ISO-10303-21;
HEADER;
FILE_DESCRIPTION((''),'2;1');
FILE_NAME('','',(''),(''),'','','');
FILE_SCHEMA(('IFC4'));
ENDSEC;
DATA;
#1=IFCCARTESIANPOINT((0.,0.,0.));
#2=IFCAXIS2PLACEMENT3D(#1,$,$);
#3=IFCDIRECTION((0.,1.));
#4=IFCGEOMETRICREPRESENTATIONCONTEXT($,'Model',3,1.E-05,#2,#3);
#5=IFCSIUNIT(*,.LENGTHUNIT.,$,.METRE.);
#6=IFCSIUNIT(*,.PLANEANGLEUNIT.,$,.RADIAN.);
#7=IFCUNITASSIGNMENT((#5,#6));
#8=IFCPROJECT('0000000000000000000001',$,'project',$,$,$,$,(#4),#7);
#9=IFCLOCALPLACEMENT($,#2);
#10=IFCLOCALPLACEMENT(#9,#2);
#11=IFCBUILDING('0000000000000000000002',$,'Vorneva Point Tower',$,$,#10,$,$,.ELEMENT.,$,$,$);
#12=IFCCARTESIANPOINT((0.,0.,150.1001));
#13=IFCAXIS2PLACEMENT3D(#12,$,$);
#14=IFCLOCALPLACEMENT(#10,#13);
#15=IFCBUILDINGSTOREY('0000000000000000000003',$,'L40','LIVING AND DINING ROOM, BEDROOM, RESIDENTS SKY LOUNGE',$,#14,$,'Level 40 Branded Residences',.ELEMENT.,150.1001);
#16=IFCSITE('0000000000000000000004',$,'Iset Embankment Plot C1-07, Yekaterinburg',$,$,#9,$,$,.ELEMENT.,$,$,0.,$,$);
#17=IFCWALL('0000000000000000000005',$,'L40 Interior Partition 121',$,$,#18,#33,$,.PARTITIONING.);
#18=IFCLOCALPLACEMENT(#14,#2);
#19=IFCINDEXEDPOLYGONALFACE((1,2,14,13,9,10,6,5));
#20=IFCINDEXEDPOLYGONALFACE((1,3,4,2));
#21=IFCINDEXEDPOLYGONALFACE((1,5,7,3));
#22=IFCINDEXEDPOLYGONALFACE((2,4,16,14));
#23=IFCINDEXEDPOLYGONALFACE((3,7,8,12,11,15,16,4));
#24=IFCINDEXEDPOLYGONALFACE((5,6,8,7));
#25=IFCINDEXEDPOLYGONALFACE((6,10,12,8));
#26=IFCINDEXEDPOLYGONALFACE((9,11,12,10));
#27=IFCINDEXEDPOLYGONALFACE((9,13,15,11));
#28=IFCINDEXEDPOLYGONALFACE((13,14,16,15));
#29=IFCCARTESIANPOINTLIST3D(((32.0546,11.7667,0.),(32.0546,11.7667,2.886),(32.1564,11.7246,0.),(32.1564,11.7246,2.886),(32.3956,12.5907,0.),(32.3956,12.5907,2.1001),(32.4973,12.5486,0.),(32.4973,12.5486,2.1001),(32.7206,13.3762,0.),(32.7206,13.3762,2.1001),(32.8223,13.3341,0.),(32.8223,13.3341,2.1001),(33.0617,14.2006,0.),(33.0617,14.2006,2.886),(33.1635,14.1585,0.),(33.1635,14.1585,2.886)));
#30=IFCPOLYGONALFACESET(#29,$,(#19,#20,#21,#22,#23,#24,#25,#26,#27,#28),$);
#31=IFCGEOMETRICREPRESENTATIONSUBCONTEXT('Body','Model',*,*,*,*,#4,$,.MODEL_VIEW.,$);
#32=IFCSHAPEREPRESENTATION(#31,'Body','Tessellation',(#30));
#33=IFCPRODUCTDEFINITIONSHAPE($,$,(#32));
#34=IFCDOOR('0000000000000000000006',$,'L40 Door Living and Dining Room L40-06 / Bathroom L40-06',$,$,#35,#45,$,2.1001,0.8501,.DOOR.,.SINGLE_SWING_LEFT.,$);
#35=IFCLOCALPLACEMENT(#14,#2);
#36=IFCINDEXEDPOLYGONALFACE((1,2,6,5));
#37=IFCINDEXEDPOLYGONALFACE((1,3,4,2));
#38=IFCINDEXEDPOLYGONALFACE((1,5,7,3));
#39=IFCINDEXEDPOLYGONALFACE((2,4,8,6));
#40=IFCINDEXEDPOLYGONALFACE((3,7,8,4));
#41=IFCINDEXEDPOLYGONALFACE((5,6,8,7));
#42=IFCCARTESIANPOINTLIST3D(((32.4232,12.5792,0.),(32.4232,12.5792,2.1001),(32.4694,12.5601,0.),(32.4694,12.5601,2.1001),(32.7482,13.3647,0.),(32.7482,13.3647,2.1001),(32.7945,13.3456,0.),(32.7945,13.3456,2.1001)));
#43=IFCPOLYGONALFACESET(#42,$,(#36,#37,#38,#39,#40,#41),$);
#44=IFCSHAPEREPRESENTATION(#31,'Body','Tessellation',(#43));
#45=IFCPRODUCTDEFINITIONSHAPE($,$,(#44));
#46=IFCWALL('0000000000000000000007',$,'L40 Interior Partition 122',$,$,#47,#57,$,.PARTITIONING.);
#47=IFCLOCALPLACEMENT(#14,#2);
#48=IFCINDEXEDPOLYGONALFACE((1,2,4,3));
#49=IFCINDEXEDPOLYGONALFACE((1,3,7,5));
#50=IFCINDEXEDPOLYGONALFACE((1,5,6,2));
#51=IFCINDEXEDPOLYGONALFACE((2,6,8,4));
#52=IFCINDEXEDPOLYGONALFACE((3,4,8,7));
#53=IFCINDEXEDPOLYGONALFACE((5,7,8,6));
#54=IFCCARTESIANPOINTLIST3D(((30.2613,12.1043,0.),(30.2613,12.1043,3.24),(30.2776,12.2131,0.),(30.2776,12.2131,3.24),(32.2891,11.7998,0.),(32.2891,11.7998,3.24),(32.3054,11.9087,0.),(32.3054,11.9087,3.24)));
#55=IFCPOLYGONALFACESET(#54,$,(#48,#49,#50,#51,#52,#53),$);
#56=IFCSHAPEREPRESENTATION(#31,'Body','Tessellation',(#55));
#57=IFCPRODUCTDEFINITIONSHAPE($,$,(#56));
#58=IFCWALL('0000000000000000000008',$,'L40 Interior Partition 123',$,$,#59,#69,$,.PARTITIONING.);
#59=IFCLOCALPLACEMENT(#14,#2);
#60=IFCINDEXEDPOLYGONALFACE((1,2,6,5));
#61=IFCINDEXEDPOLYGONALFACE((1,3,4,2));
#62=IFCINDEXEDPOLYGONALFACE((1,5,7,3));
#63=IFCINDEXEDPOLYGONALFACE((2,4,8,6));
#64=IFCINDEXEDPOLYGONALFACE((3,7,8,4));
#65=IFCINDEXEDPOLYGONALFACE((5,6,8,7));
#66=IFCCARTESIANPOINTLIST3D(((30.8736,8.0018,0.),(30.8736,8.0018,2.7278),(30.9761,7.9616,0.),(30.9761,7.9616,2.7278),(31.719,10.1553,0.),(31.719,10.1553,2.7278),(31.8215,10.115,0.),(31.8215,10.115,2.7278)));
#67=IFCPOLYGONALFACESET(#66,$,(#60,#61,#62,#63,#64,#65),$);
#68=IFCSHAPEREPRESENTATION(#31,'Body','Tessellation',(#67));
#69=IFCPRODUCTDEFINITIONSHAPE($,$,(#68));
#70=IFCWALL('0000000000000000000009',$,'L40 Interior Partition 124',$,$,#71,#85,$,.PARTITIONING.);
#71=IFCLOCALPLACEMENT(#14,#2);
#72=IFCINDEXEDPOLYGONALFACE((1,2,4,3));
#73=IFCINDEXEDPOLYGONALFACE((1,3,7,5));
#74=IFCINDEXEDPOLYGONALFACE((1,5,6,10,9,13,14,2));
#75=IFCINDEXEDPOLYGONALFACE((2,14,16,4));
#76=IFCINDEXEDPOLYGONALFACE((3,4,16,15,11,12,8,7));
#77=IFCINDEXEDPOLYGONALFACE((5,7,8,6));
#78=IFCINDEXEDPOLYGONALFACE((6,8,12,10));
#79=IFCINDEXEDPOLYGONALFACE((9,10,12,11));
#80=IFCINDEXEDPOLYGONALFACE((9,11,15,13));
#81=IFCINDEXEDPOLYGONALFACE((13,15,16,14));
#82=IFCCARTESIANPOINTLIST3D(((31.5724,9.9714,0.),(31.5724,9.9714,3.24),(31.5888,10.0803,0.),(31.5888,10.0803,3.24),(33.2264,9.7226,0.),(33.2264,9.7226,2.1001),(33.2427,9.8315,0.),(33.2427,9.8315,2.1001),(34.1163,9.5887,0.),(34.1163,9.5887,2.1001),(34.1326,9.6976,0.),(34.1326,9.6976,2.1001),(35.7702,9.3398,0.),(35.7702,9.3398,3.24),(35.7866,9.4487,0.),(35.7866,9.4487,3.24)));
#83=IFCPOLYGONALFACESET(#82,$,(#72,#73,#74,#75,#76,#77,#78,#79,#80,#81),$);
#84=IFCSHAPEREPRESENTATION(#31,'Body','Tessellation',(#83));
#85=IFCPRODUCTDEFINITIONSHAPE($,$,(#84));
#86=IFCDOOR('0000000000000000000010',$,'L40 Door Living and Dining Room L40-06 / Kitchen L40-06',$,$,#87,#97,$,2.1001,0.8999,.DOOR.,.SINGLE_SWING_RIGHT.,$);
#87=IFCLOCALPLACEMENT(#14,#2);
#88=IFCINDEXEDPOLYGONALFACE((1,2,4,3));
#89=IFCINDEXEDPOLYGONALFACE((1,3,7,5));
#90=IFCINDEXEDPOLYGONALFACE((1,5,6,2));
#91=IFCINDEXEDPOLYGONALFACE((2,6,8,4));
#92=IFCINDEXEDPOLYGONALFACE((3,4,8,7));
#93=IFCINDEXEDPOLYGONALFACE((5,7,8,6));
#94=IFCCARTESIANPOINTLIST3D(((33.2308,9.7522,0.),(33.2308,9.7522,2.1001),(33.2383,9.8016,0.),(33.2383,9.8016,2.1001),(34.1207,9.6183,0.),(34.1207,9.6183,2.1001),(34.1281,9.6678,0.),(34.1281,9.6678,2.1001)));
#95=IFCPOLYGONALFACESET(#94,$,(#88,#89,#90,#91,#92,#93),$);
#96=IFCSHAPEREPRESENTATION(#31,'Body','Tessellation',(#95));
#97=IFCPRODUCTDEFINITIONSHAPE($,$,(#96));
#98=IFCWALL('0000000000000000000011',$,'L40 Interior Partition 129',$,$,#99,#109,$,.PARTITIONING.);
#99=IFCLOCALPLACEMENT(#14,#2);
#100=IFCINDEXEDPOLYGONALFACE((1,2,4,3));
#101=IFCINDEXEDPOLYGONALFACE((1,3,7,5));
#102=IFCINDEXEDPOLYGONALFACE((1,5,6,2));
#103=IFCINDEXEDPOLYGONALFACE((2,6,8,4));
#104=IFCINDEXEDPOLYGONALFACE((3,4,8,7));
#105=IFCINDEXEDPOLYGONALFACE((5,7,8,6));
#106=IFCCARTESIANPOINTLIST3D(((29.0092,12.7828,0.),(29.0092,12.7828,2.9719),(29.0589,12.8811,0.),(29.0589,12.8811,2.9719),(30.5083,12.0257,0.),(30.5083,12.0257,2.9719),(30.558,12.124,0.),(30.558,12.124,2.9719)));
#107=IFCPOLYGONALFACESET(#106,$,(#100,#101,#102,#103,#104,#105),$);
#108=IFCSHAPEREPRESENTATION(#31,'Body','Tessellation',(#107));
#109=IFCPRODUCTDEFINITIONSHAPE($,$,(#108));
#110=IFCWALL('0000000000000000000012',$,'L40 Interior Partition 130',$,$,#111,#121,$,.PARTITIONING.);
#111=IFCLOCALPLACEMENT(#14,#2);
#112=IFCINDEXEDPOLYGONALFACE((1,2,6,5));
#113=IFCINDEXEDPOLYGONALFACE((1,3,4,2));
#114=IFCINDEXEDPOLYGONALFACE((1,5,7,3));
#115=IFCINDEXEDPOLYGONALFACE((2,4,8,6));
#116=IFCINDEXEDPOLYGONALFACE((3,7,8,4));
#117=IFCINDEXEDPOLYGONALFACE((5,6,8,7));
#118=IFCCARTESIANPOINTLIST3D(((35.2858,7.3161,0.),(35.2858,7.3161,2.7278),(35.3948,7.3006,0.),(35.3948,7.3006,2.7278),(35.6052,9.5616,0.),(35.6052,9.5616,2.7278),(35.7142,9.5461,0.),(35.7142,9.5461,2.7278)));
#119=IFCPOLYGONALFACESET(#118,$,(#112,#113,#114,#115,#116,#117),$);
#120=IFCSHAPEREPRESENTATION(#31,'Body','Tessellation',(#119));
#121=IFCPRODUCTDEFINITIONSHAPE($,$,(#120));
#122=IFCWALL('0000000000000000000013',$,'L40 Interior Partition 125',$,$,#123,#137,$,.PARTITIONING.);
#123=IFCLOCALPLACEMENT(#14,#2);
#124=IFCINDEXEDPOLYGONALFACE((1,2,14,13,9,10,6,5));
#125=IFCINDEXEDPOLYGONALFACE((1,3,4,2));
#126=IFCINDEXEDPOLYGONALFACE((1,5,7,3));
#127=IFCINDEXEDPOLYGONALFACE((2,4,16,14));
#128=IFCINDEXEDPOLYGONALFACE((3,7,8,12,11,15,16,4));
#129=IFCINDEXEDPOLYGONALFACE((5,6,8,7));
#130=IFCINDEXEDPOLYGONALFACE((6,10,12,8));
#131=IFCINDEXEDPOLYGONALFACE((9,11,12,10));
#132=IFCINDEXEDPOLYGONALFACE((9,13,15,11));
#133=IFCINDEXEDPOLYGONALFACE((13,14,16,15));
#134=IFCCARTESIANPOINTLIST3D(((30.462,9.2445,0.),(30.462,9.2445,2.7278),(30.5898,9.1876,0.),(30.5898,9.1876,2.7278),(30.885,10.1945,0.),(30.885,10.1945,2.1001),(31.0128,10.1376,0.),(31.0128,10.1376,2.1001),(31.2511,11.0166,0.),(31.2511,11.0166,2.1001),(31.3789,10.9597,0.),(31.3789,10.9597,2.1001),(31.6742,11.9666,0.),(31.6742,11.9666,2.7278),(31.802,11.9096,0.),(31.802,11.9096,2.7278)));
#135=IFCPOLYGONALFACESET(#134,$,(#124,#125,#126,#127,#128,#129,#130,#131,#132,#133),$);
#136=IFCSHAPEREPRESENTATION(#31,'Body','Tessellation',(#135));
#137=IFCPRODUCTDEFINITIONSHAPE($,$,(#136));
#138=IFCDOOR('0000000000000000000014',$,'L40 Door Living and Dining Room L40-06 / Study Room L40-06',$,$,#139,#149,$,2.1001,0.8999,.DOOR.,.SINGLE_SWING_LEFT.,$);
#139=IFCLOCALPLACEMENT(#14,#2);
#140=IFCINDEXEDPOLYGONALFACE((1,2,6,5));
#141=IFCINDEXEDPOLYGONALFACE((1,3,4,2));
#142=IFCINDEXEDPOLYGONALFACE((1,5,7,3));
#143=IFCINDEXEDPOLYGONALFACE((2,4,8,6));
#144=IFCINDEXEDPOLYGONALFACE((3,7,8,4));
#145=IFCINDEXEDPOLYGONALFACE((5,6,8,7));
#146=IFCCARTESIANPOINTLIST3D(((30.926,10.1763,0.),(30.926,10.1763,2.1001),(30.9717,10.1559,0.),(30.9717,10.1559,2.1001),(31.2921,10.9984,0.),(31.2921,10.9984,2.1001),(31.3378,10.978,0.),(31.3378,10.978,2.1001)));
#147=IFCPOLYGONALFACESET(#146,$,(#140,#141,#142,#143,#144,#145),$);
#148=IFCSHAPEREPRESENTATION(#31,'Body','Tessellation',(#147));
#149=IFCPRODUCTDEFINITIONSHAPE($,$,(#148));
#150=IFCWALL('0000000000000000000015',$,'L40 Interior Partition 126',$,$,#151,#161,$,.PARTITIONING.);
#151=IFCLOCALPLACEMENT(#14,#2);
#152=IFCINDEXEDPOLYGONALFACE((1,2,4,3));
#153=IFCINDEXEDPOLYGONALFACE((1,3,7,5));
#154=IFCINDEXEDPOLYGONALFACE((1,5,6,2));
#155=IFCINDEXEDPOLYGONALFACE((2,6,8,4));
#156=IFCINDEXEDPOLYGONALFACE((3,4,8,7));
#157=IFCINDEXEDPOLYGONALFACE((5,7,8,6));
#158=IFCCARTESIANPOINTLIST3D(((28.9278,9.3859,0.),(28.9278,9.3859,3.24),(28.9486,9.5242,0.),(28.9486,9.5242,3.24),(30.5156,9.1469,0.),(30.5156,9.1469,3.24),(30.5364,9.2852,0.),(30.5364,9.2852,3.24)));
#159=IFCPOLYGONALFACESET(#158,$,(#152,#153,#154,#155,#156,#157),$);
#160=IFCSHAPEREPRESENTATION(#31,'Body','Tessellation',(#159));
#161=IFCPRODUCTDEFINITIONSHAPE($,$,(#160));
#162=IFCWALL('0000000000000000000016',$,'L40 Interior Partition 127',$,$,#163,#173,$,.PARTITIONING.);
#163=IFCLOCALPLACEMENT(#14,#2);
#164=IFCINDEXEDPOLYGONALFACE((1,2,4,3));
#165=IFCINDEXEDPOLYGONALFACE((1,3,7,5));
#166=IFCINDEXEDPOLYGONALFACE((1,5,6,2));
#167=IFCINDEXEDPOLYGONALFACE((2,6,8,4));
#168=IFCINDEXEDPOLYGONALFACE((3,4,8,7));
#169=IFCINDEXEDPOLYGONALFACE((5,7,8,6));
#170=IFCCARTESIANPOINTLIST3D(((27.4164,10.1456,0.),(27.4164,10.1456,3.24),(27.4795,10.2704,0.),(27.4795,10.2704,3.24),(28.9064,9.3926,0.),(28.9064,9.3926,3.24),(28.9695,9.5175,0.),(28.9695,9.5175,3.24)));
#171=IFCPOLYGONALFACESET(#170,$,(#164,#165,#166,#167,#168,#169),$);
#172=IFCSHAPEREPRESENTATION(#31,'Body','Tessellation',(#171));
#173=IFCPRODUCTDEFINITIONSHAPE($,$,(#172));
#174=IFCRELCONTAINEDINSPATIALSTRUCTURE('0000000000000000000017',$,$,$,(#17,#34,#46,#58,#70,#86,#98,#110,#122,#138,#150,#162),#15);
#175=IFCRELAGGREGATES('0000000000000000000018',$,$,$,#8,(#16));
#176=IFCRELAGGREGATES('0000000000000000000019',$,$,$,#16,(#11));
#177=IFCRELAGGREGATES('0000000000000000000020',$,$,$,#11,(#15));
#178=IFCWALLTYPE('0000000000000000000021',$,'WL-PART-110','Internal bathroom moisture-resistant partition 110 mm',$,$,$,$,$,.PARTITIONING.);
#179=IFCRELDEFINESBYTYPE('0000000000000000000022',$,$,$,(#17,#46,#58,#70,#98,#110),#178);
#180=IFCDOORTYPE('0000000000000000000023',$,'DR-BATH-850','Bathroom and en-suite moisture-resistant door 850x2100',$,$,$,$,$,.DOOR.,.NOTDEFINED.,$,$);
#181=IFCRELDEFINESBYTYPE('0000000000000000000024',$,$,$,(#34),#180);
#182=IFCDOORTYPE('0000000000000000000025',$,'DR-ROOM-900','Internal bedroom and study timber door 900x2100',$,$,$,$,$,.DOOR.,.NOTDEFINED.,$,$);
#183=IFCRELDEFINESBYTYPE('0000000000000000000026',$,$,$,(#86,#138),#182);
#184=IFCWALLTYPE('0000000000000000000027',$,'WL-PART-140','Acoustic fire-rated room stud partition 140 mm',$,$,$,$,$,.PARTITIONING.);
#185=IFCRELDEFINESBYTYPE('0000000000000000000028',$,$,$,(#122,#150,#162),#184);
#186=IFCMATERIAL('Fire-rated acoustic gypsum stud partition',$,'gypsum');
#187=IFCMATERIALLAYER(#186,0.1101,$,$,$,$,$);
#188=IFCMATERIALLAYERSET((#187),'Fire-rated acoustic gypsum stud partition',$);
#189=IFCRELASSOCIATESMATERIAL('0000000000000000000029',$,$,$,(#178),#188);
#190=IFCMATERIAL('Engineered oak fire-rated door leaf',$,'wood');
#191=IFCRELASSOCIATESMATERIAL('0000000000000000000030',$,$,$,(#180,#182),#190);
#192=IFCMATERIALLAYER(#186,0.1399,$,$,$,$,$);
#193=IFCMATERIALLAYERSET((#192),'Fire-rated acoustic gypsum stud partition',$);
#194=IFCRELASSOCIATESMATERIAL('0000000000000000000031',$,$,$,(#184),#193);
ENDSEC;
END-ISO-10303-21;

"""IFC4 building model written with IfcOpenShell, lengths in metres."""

from ifc_helpers import new_model, si_unit, direction, frame, frame_2d, origin, place, context, subcontext, project, spatial, rectangle, extrude, material, layer, layer_set, type_object, element, fill, save


model = new_model("IFC4")

# Units and contexts
model_context = context("Model", 3, precision=1e-05, world=origin(), true_north=direction((0.0, 1.0)))
body_context = subcontext(model_context, "Body", "Model", "MODEL_VIEW")
ifc_project = project(units=[si_unit("LENGTHUNIT", "METRE"), si_unit("PLANEANGLEUNIT", "RADIAN")], contexts=[model_context])

# Site, building, storey
site_placement = place(None, origin())
site = spatial("IfcSite", under=ifc_project, at=site_placement, Name="Iset Embankment Plot C1-07, Yekaterinburg", CompositionType="ELEMENT", RefElevation=0.0)
building_placement = place(site_placement, origin())
building = spatial("IfcBuilding", under=site, at=building_placement, Name="Vorneva Point Tower", CompositionType="ELEMENT")
storey_placement = place(building_placement, frame((0.0, 0.0, 150.1001)))
storey = spatial("IfcBuildingStorey", under=building, at=storey_placement, Name="L40", Description="LIVING AND DINING ROOM, BEDROOM, RESIDENTS SKY LOUNGE", LongName="Level 40 Branded Residences", CompositionType="ELEMENT", Elevation=150.1001)

# Wall, opening, door
ifc_material_1 = material(Name="Fire-rated acoustic gypsum stud partition", Category="gypsum")
ifc_layer_1 = layer(ifc_material_1, 0.1101)
ifc_layer_set_1 = layer_set([ifc_layer_1], Name="Fire-rated acoustic gypsum stud partition")
wall_type_1 = type_object("IfcWallType", Name="WL-PART-110", Description="Internal bathroom moisture-resistant partition 110 mm", PredefinedType="PARTITIONING", material=ifc_layer_set_1)
wall_1_placement = place(storey_placement, frame((33.1125, 14.1794, 0.0), z_axis=(0.0, 0.0, 1.0), x_axis=(-0.382344, -0.92402, 0.0)))
wall_1 = element("IfcWall", 1, at=wall_1_placement, inside=storey, type_object=wall_type_1, Name="L40 Interior Partition 121", PredefinedType="PARTITIONING", context=body_context, shape_type="SweptSolid", body=[
    extrude(rectangle(XDim=2.634, YDim=0.1101, at=frame_2d((1.3169, 0.0))), origin(), (0.0, 0.0, 1.0), 2.886),
])
opening_1_placement = place(wall_1_placement, frame((0.8921, 0.0, 0.0)))
opening_1 = element("IfcOpeningElement", 2, at=opening_1_placement, cuts=wall_1, PredefinedType="OPENING", context=body_context, shape_type="SweptSolid", body=[
    extrude(rectangle(XDim=0.8501, YDim=2.1001, at=frame_2d((0.425, 1.05))), frame((0.0, 0.0698, 0.0), z_axis=(0.0, -1.0, 0.0), x_axis=(1.0, 0.0, 0.0)), (0.0, 0.0, 1.0), 0.1399),
])
ifc_material_2 = material(Name="Engineered oak fire-rated door leaf", Category="wood")
door_type_1 = type_object("IfcDoorType", Name="DR-BATH-850", Description="Bathroom and en-suite moisture-resistant door 850x2100", OperationType="NOTDEFINED", PredefinedType="DOOR", material=ifc_material_2)
door_1_placement = place(opening_1_placement, origin())
door_1 = element("IfcDoor", 3, at=door_1_placement, inside=storey, type_object=door_type_1, Name="L40 Door Living and Dining Room L40-06 / Bathroom L40-06", OperationType="SINGLE_SWING_LEFT", OverallHeight=2.1001, OverallWidth=0.8501, PredefinedType="DOOR", context=body_context, shape_type="SweptSolid", body=[
    extrude(rectangle(XDim=0.8501, YDim=2.1001, at=frame_2d((0.425, 1.05))), frame((0.0, 0.0249, 0.0), z_axis=(0.0, -1.0, 0.0), x_axis=(1.0, 0.0, 0.0)), (0.0, 0.0, 1.0), 0.05),
])
fill(opening_1, door_1)

# Walls
wall_2_placement = place(storey_placement, frame((32.2974, 11.8542, 0.0), z_axis=(0.0, 0.0, 1.0), x_axis=(-0.988917, 0.148469, 0.0)))
element("IfcWall", 4, at=wall_2_placement, inside=storey, type_object=wall_type_1, Name="L40 Interior Partition 122", PredefinedType="PARTITIONING", context=body_context, shape_type="SweptSolid", body=[
    extrude(rectangle(XDim=2.0505, YDim=0.1101, at=frame_2d((1.0254, 0.0))), origin(), (0.0, 0.0, 1.0), 3.24),
])
wall_3_placement = place(storey_placement, frame((30.9248, 7.9817, 0.0), z_axis=(0.0, 0.0, 1.0), x_axis=(0.365434, 0.930837, 0.0)))
element("IfcWall", 5, at=wall_3_placement, inside=storey, type_object=wall_type_1, Name="L40 Interior Partition 123", PredefinedType="PARTITIONING", context=body_context, shape_type="SweptSolid", body=[
    extrude(rectangle(XDim=2.3135, YDim=0.1101, at=frame_2d((1.1567, 0.0))), origin(), (0.0, 0.0, 1.0), 2.7278),
])

# Wall, opening, door
wall_4_placement = place(storey_placement, frame((31.5806, 10.0259, 0.0), z_axis=(0.0, 0.0, 1.0), x_axis=(0.98887, -0.148785, 0.0)))
wall_4 = element("IfcWall", 6, at=wall_4_placement, inside=storey, type_object=wall_type_1, Name="L40 Interior Partition 124", PredefinedType="PARTITIONING", context=body_context, shape_type="SweptSolid", body=[
    extrude(rectangle(XDim=4.2451, YDim=0.1101, at=frame_2d((2.1226, 0.0))), origin(), (0.0, 0.0, 1.0), 3.24),
])
opening_2_placement = place(wall_4_placement, frame((1.6726, 0.0, 0.0)))
opening_2 = element("IfcOpeningElement", 7, at=opening_2_placement, cuts=wall_4, PredefinedType="OPENING", context=body_context, shape_type="SweptSolid", body=[
    extrude(rectangle(XDim=0.8999, YDim=2.1001, at=frame_2d((0.45, 1.05))), frame((0.0, 0.0698, 0.0), z_axis=(0.0, -1.0, 0.0), x_axis=(1.0, 0.0, 0.0)), (0.0, 0.0, 1.0), 0.1399),
])
door_type_2 = type_object("IfcDoorType", Name="DR-ROOM-900", Description="Internal bedroom and study timber door 900x2100", OperationType="NOTDEFINED", PredefinedType="DOOR", material=ifc_material_2)
door_2_placement = place(opening_2_placement, origin())
door_2 = element("IfcDoor", 8, at=door_2_placement, inside=storey, type_object=door_type_2, Name="L40 Door Living and Dining Room L40-06 / Kitchen L40-06", OperationType="SINGLE_SWING_RIGHT", OverallHeight=2.1001, OverallWidth=0.8999, PredefinedType="DOOR", context=body_context, shape_type="SweptSolid", body=[
    extrude(rectangle(XDim=0.8999, YDim=2.1001, at=frame_2d((0.45, 1.05))), frame((0.0, 0.0249, 0.0), z_axis=(0.0, -1.0, 0.0), x_axis=(1.0, 0.0, 0.0)), (0.0, 0.0, 1.0), 0.05),
])
fill(opening_2, door_2)

# Walls
wall_5_placement = place(storey_placement, frame((29.0339, 12.832, 0.0), z_axis=(0.0, 0.0, 1.0), x_axis=(0.892617, -0.450815, 0.0)))
element("IfcWall", 9, at=wall_5_placement, inside=storey, type_object=wall_type_1, Name="L40 Interior Partition 129", PredefinedType="PARTITIONING", context=body_context, shape_type="SweptSolid", body=[
    extrude(rectangle(XDim=1.6794, YDim=0.1101, at=frame_2d((0.8398, 0.0))), origin(), (0.0, 0.0, 1.0), 2.9719),
])
wall_6_placement = place(storey_placement, frame((35.3403, 7.3083, 0.0), z_axis=(0.0, 0.0, 1.0), x_axis=(0.140803, 0.990038, 0.0)))
element("IfcWall", 10, at=wall_6_placement, inside=storey, type_object=wall_type_1, Name="L40 Interior Partition 130", PredefinedType="PARTITIONING", context=body_context, shape_type="SweptSolid", body=[
    extrude(rectangle(XDim=2.2681, YDim=0.1101, at=frame_2d((1.134, 0.0))), origin(), (0.0, 0.0, 1.0), 2.7278),
])

# Wall, opening, door
ifc_layer_2 = layer(ifc_material_1, 0.1399)
ifc_layer_set_2 = layer_set([ifc_layer_2], Name="Fire-rated acoustic gypsum stud partition")
wall_type_2 = type_object("IfcWallType", Name="WL-PART-140", Description="Acoustic fire-rated room stud partition 140 mm", PredefinedType="PARTITIONING", material=ifc_layer_set_2)
wall_7_placement = place(storey_placement, frame((31.738, 11.938, 0.0), z_axis=(0.0, 0.0, 1.0), x_axis=(-0.406815, -0.913511, 0.0)))
wall_7 = element("IfcWall", 11, at=wall_7_placement, inside=storey, type_object=wall_type_2, Name="L40 Interior Partition 125", PredefinedType="PARTITIONING", context=body_context, shape_type="SweptSolid", body=[
    extrude(rectangle(XDim=2.9797, YDim=0.1399, at=frame_2d((1.4897, 0.0))), origin(), (0.0, 0.0, 1.0), 2.7278),
])
opening_3_placement = place(wall_7_placement, frame((1.0398, 0.0, 0.0)))
opening_3 = element("IfcOpeningElement", 12, at=opening_3_placement, cuts=wall_7, PredefinedType="OPENING", context=body_context, shape_type="SweptSolid", body=[
    extrude(rectangle(XDim=0.8999, YDim=2.1001, at=frame_2d((0.45, 1.05))), frame((0.0, 0.085, 0.0), z_axis=(0.0, -1.0, 0.0), x_axis=(1.0, 0.0, 0.0)), (0.0, 0.0, 1.0), 0.1697),
])
door_3_placement = place(opening_3_placement, origin())
door_3 = element("IfcDoor", 13, at=door_3_placement, inside=storey, type_object=door_type_2, Name="L40 Door Living and Dining Room L40-06 / Study Room L40-06", OperationType="SINGLE_SWING_LEFT", OverallHeight=2.1001, OverallWidth=0.8999, PredefinedType="DOOR", context=body_context, shape_type="SweptSolid", body=[
    extrude(rectangle(XDim=0.8999, YDim=2.1001, at=frame_2d((0.45, 1.05))), frame((0.0, 0.0249, 0.0), z_axis=(0.0, -1.0, 0.0), x_axis=(1.0, 0.0, 0.0)), (0.0, 0.0, 1.0), 0.05),
])
fill(opening_3, door_3)

# Walls
wall_8_placement = place(storey_placement, frame((30.5259, 9.2161, 0.0), z_axis=(0.0, 0.0, 1.0), x_axis=(-0.98886, 0.148846, 0.0)))
element("IfcWall", 14, at=wall_8_placement, inside=storey, type_object=wall_type_2, Name="L40 Interior Partition 126", PredefinedType="PARTITIONING", context=body_context, shape_type="SweptSolid", body=[
    extrude(rectangle(XDim=1.6057, YDim=0.1399, at=frame_2d((0.8027, 0.0))), origin(), (0.0, 0.0, 1.0), 3.24),
])
wall_9_placement = place(storey_placement, frame((28.938, 9.4551, 0.0), z_axis=(0.0, 0.0, 1.0), x_axis=(-0.892518, 0.451012, 0.0)))
element("IfcWall", 15, at=wall_9_placement, inside=storey, type_object=wall_type_2, Name="L40 Interior Partition 127", PredefinedType="PARTITIONING", context=body_context, shape_type="SweptSolid", body=[
    extrude(rectangle(XDim=1.6694, YDim=0.1399, at=frame_2d((0.8347, 0.0))), origin(), (0.0, 0.0, 1.0), 3.24),
])

save(model, "model.ifc")
